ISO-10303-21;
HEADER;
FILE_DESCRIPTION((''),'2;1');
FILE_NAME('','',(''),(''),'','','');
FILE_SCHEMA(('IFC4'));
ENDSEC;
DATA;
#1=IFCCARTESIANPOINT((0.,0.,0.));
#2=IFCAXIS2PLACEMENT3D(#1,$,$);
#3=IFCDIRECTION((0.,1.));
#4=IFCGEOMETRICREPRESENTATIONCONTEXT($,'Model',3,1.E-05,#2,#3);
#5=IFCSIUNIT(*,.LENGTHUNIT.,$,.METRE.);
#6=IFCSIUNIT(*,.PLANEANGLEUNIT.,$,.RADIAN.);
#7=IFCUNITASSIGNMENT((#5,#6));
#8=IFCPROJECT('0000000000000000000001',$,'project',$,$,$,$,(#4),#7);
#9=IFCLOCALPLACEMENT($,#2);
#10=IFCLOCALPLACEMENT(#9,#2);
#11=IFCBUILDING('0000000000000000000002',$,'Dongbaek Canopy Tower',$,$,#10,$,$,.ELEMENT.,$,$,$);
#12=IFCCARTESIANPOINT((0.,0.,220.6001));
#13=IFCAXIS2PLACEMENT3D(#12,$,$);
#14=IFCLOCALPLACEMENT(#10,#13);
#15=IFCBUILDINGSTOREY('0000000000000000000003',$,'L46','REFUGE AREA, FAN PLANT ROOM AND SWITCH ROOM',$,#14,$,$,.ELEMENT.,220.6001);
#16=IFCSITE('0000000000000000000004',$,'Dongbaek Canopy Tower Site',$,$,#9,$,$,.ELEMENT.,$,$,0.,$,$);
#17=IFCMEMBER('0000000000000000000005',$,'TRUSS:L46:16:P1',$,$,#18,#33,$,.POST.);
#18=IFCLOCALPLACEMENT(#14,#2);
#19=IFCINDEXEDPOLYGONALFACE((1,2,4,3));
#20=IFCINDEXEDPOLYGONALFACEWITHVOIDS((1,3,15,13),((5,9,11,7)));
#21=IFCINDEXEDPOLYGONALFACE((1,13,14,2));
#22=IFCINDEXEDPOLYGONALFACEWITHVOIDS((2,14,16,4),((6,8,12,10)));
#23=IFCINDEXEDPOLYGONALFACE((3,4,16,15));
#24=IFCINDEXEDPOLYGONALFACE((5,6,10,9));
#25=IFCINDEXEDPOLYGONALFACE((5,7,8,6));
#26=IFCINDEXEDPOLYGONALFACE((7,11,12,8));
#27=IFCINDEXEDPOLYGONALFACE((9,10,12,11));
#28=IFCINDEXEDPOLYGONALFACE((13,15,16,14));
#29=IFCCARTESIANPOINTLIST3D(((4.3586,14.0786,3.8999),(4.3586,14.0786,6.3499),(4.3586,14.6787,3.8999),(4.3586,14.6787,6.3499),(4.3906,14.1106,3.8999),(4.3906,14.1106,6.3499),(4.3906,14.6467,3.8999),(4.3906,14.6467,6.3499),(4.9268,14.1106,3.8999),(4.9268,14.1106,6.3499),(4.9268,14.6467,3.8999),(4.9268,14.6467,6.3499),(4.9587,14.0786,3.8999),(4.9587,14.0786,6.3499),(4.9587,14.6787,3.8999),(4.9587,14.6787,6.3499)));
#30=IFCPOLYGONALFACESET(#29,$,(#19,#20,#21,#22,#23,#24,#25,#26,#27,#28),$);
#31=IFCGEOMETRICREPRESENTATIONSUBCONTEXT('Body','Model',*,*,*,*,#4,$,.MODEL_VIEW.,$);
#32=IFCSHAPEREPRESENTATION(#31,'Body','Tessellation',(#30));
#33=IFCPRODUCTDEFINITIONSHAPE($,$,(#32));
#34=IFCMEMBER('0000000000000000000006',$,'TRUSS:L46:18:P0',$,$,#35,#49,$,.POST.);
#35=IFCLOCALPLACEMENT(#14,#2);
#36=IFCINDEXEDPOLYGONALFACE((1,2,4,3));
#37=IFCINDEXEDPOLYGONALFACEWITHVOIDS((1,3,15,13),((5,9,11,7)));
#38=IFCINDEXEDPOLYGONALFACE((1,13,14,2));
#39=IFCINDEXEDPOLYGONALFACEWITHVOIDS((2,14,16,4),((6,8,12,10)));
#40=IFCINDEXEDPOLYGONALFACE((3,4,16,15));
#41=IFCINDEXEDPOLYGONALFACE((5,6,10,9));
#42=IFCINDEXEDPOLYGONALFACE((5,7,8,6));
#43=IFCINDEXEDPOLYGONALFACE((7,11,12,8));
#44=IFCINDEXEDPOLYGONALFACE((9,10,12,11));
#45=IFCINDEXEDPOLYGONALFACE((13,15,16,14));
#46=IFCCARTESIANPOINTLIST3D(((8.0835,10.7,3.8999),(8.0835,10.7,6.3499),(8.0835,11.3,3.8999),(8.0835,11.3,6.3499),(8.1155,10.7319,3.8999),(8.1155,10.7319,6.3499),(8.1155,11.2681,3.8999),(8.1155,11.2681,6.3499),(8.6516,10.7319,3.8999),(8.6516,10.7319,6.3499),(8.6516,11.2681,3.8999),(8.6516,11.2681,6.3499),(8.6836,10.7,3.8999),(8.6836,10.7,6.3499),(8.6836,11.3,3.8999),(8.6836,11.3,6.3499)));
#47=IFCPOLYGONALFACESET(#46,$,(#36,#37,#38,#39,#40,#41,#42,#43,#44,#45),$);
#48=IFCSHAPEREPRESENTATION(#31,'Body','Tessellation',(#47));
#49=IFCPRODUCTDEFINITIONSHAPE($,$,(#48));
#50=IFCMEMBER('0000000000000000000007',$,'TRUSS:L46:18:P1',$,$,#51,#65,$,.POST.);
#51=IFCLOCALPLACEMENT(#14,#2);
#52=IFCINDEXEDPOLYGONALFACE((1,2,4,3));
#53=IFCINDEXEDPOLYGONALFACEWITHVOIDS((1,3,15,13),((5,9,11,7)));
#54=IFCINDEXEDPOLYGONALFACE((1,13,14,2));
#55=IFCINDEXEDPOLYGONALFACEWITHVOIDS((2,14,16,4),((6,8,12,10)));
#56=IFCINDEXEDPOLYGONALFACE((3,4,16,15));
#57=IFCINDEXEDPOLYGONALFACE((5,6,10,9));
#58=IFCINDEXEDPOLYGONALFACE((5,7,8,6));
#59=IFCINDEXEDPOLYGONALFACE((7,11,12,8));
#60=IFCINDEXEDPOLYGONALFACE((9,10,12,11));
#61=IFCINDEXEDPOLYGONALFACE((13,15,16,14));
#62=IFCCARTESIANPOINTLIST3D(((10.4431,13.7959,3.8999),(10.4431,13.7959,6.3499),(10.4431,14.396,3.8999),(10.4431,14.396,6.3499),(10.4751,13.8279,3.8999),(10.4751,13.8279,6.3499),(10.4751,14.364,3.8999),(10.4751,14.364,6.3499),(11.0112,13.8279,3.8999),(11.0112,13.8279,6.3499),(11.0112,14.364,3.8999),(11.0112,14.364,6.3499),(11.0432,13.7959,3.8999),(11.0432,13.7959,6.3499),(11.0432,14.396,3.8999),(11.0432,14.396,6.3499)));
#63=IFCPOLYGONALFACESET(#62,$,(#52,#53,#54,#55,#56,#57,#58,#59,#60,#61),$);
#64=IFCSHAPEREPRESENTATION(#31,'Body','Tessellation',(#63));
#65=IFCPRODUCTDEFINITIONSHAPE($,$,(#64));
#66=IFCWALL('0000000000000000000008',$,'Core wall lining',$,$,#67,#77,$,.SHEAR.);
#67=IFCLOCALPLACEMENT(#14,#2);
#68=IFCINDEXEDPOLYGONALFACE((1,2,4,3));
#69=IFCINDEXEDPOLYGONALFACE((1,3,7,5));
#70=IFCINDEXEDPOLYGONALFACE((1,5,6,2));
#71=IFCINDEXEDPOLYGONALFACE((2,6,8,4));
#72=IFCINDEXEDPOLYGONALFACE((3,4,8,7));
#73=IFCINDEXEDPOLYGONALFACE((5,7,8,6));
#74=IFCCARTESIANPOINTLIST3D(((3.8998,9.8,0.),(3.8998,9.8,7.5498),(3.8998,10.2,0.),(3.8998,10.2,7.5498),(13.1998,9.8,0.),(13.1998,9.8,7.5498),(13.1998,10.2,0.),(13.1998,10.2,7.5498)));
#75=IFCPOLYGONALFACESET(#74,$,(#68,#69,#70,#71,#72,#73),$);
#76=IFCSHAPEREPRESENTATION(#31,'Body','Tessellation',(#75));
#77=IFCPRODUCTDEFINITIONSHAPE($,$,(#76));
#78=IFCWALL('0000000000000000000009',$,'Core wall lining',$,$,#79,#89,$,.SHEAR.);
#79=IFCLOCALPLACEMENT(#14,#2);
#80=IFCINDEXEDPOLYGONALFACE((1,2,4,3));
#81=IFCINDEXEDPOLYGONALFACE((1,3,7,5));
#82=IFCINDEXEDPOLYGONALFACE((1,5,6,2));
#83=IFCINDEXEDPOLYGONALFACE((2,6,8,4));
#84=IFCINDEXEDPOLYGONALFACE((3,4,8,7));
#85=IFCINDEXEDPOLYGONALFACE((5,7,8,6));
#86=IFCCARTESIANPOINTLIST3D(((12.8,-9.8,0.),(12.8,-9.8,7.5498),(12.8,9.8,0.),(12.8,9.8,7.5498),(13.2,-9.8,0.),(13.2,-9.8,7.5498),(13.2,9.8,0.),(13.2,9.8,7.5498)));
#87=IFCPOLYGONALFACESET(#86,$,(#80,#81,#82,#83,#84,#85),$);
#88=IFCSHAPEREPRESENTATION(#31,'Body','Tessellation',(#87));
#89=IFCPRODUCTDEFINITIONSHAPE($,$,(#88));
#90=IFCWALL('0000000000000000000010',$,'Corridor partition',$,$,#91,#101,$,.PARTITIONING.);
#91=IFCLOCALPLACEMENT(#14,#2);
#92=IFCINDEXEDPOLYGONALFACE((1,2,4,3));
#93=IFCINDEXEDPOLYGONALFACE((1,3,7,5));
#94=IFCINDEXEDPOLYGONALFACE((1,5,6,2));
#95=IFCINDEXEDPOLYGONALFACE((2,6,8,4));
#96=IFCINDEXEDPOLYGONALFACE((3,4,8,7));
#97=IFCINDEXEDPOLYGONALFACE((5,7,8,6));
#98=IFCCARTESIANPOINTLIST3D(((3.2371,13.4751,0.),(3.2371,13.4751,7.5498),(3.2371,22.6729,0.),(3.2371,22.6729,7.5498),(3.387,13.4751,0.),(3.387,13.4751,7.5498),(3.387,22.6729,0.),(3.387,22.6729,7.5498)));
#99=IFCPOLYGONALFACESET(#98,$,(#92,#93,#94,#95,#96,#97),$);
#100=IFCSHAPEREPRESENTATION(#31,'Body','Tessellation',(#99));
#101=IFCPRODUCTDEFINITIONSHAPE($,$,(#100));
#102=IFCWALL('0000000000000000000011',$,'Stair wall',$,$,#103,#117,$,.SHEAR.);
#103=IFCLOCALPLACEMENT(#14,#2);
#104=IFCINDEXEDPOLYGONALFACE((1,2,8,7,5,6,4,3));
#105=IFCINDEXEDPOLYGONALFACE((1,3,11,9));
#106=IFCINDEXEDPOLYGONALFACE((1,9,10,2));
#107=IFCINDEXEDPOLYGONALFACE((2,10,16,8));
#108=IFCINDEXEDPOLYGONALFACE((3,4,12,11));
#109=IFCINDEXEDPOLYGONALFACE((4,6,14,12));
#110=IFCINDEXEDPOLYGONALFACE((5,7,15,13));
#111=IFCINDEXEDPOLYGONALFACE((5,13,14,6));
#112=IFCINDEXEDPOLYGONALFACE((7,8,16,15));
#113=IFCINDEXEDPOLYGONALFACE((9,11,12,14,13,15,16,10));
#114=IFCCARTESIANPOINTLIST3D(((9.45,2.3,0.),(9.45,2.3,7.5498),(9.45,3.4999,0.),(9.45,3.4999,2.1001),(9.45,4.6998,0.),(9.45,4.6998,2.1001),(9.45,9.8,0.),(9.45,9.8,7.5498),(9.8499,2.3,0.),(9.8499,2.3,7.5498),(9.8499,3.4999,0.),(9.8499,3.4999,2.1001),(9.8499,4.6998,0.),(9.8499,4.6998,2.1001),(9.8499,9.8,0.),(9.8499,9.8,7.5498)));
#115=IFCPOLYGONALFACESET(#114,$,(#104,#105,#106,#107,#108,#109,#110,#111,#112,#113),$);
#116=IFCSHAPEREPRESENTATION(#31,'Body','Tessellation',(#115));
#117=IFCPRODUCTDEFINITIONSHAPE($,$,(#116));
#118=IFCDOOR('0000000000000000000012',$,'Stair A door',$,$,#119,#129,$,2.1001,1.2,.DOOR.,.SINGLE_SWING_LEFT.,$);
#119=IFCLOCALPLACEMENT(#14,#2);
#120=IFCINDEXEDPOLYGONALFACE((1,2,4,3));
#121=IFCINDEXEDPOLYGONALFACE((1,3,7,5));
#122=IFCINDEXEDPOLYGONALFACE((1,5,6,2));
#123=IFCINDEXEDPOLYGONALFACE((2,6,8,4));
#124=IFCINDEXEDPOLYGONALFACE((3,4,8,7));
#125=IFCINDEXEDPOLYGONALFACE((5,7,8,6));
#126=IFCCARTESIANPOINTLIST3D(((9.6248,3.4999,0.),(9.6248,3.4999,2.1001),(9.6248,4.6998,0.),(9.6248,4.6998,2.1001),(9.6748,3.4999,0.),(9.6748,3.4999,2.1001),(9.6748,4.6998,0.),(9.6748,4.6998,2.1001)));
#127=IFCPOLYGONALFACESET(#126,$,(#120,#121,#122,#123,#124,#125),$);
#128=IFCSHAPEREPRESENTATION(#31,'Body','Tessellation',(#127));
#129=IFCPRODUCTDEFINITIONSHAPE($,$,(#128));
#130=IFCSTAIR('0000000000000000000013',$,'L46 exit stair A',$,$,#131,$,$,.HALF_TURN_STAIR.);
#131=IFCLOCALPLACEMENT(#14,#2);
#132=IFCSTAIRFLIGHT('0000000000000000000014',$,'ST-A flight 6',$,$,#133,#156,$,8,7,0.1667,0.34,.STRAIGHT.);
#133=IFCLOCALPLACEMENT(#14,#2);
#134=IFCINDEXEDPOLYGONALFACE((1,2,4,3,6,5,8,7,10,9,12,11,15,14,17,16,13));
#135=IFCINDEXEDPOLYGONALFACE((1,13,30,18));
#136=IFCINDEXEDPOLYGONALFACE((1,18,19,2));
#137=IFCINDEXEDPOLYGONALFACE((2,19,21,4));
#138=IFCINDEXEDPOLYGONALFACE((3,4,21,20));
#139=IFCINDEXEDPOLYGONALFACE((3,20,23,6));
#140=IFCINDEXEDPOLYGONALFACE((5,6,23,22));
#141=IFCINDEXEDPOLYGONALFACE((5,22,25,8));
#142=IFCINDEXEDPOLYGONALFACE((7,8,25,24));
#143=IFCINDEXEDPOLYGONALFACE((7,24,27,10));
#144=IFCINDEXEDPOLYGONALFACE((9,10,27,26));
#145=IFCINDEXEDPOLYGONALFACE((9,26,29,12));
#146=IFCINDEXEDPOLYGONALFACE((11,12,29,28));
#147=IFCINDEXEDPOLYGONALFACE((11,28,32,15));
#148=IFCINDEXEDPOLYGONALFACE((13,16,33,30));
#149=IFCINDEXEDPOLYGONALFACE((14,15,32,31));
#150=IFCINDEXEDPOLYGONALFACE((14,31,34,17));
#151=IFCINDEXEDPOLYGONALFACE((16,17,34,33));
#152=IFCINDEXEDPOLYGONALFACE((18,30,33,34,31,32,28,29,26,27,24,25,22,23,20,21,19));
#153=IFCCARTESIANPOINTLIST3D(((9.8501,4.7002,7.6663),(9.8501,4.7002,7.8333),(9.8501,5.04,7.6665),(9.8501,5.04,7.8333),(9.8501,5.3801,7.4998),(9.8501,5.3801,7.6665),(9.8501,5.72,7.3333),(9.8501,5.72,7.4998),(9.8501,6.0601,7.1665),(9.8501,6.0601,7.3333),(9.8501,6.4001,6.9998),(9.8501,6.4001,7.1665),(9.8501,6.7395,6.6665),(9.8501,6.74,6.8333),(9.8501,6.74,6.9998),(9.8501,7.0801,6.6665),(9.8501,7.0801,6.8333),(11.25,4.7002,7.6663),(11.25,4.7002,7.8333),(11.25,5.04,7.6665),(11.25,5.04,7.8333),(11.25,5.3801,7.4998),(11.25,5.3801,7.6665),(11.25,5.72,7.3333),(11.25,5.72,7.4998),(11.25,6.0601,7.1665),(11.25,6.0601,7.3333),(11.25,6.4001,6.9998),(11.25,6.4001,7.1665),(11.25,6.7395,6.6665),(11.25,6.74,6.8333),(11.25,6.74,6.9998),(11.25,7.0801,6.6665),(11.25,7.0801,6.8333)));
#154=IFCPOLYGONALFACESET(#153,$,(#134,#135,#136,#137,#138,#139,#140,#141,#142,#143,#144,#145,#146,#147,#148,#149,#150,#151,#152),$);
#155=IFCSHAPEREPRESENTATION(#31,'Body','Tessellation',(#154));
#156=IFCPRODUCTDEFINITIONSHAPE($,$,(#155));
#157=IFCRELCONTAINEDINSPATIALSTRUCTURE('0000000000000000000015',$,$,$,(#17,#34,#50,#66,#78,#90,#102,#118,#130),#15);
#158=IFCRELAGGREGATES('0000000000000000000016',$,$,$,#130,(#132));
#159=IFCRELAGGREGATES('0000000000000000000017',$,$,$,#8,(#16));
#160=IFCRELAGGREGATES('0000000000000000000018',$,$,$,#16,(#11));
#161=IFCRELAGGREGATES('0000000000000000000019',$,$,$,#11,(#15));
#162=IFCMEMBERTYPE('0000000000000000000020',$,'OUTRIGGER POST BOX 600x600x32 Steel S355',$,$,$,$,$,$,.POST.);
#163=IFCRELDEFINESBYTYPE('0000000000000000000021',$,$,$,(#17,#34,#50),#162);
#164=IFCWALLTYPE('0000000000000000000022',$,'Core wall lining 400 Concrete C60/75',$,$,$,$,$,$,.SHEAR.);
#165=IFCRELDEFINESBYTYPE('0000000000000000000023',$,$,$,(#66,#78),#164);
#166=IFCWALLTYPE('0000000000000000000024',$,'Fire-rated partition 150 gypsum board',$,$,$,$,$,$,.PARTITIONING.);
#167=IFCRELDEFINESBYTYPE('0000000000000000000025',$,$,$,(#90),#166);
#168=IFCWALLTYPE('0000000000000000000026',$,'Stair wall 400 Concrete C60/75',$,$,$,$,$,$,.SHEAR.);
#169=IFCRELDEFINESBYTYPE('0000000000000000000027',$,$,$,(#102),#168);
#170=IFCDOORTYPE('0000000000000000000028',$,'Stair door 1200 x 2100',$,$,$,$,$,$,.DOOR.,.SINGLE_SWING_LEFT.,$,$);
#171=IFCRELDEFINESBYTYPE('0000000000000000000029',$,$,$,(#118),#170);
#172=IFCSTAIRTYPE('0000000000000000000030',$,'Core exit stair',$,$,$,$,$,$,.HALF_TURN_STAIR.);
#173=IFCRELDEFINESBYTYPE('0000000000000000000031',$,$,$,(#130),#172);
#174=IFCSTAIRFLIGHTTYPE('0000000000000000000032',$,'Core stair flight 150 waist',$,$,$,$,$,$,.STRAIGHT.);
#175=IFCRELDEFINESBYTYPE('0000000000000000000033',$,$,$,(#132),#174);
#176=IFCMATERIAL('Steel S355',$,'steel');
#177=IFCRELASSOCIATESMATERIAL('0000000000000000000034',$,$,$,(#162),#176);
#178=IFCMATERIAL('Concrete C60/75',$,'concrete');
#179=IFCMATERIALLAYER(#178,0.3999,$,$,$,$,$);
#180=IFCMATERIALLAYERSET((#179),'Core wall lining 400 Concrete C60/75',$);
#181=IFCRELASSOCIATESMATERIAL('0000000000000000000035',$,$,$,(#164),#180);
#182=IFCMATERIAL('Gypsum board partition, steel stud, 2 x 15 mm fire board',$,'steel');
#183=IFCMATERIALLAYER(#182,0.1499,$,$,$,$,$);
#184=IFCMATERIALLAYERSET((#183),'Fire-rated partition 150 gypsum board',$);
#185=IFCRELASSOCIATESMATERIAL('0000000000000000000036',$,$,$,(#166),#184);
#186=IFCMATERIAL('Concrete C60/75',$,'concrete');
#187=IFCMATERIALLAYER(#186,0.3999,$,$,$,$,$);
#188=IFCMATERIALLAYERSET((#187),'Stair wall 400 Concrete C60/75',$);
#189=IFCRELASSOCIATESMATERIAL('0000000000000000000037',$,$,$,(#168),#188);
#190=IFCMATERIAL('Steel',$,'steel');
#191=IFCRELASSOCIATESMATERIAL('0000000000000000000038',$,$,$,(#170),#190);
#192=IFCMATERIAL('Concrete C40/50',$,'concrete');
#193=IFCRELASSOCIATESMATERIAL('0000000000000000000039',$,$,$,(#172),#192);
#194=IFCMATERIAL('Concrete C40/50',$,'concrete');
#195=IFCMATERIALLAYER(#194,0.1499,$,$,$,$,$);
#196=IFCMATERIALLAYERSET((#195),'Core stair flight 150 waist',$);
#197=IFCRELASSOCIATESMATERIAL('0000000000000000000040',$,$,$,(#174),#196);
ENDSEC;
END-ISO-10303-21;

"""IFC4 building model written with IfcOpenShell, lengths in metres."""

from ifc_helpers import new_model, si_unit, direction, frame, frame_2d, origin, origin_2d, place, context, subcontext, project, spatial, polyline, rectangle, hollow_rectangle, outline, extrude, material, layer, layer_set, material_profile, profile_set, type_object, element, fill, aggregate, save


model = new_model("IFC4")

# Units and contexts
model_context = context("Model", 3, precision=1e-05, world=origin(), true_north=direction((0.0, 1.0)))
body_context = subcontext(model_context, "Body", "Model", "MODEL_VIEW")
ifc_project = project(units=[si_unit("LENGTHUNIT", "METRE"), si_unit("PLANEANGLEUNIT", "RADIAN")], contexts=[model_context])

# Site, building, storey
site_placement = place(None, origin())
site = spatial("IfcSite", under=ifc_project, at=site_placement, Name="Dongbaek Canopy Tower Site", CompositionType="ELEMENT", RefElevation=0.0)
building_placement = place(site_placement, origin())
building = spatial("IfcBuilding", under=site, at=building_placement, Name="Dongbaek Canopy Tower", CompositionType="ELEMENT")
storey_placement = place(building_placement, frame((0.0, 0.0, 220.6001)))
storey = spatial("IfcBuildingStorey", under=building, at=storey_placement, Name="L46", Description="REFUGE AREA, FAN PLANT ROOM AND SWITCH ROOM", CompositionType="ELEMENT", Elevation=220.6001)

# Members
ifc_material_1 = material(Name="Steel S355", Category="steel")
ifc_material_profile_1 = material_profile(ifc_material_1, hollow_rectangle(XDim=0.6001, YDim=0.6001, WallThickness=0.032, at=origin_2d()), Name="OUTRIGGER POST BOX 600x600x32 Steel S355")
ifc_profile_set_1 = profile_set([ifc_material_profile_1], Name="Steel S355")
member_type_1 = type_object("IfcMemberType", Name="OUTRIGGER POST BOX 600x600x32 Steel S355", PredefinedType="POST", material=ifc_profile_set_1)
for number, where, z_axis, x_axis, name in (
    (1, (4.6587, 14.3787, 3.8999), (0.0, 0.0, 1.0), (1.0, 0.0, 0.0), "TRUSS:L46:16:P1"),
    (2, (8.3835, 11.0, 3.8999), (0.0, 0.0, 1.0), (1.0, 0.0, 0.0), "TRUSS:L46:18:P0"),
    (3, (10.7432, 14.0959, 3.8999), (0.0, 0.0, 1.0), (1.0, 0.0, 0.0), "TRUSS:L46:18:P1"),
):
    element("IfcMember", number, at=place(storey_placement, frame(where, z_axis=z_axis, x_axis=x_axis)), inside=storey, type_object=member_type_1, Name=name, PredefinedType="POST", context=body_context, shape_type="SweptSolid", body=[
        extrude(hollow_rectangle(XDim=0.6001, YDim=0.6001, WallThickness=0.032, at=origin_2d()), origin(), (0.0, 0.0, 1.0), 2.45),
    ])

# Walls
ifc_material_2 = material(Name="Concrete C60/75", Category="concrete")
ifc_layer_1 = layer(ifc_material_2, 0.3999)
ifc_layer_set_1 = layer_set([ifc_layer_1], Name="Core wall lining 400 Concrete C60/75")
wall_type_1 = type_object("IfcWallType", Name="Core wall lining 400 Concrete C60/75", PredefinedType="SHEAR", material=ifc_layer_set_1)
wall_1_placement = place(storey_placement, frame((3.8999, 10.0, 0.0), z_axis=(0.0, 0.0, 1.0), x_axis=(1.0, 0.0, 0.0)))
element("IfcWall", 4, at=wall_1_placement, inside=storey, type_object=wall_type_1, Name="Core wall lining", PredefinedType="SHEAR", context=body_context, shape_type="SweptSolid", body=[
    extrude(rectangle(XDim=9.3, YDim=0.3999, at=frame_2d((4.6499, 0.0))), origin(), (0.0, 0.0, 1.0), 7.5498),
])
wall_2_placement = place(storey_placement, frame((13.0, 9.8, 0.0), z_axis=(0.0, 0.0, 1.0), x_axis=(0.0, -1.0, 0.0)))
element("IfcWall", 5, at=wall_2_placement, inside=storey, type_object=wall_type_1, Name="Core wall lining", PredefinedType="SHEAR", context=body_context, shape_type="SweptSolid", body=[
    extrude(rectangle(XDim=19.6001, YDim=0.3999, at=frame_2d((9.8, 0.0))), origin(), (0.0, 0.0, 1.0), 7.5498),
])
ifc_material_3 = material(Name="Gypsum board partition, steel stud, 2 x 15 mm fire board", Category="steel")
ifc_layer_2 = layer(ifc_material_3, 0.1499)
ifc_layer_set_2 = layer_set([ifc_layer_2], Name="Fire-rated partition 150 gypsum board")
wall_type_2 = type_object("IfcWallType", Name="Fire-rated partition 150 gypsum board", PredefinedType="PARTITIONING", material=ifc_layer_set_2)
wall_3_placement = place(storey_placement, frame((3.312, 13.4751, 0.0), z_axis=(0.0, 0.0, 1.0), x_axis=(0.0, 1.0, 0.0)))
element("IfcWall", 6, at=wall_3_placement, inside=storey, type_object=wall_type_2, Name="Corridor partition", PredefinedType="PARTITIONING", context=body_context, shape_type="SweptSolid", body=[
    extrude(rectangle(XDim=9.1978, YDim=0.1499, at=frame_2d((4.5989, 0.0))), origin(), (0.0, 0.0, 1.0), 7.5498),
])

# Wall, opening, door
ifc_material_4 = material(Name="Concrete C60/75", Category="concrete")
ifc_layer_3 = layer(ifc_material_4, 0.3999)
ifc_layer_set_3 = layer_set([ifc_layer_3], Name="Stair wall 400 Concrete C60/75")
wall_type_3 = type_object("IfcWallType", Name="Stair wall 400 Concrete C60/75", PredefinedType="SHEAR", material=ifc_layer_set_3)
wall_4_placement = place(storey_placement, frame((9.6499, 9.8, 0.0), z_axis=(0.0, 0.0, 1.0), x_axis=(0.0, -1.0, 0.0)))
wall_4 = element("IfcWall", 7, at=wall_4_placement, inside=storey, type_object=wall_type_3, Name="Stair wall", PredefinedType="SHEAR", context=body_context, shape_type="SweptSolid", body=[
    extrude(rectangle(XDim=7.5, YDim=0.3999, at=frame_2d((3.75, 0.0))), origin(), (0.0, 0.0, 1.0), 7.5498),
])
opening_placement = place(wall_4_placement, frame((5.1001, 0.0, 0.0)))
opening = element("IfcOpeningElement", 8, at=opening_placement, cuts=wall_4, PredefinedType="OPENING", context=body_context, shape_type="SweptSolid", body=[
    extrude(rectangle(XDim=1.2, YDim=2.1001, at=frame_2d((0.6001, 1.05))), frame((0.0, 0.21, 0.0), z_axis=(0.0, -1.0, 0.0), x_axis=(1.0, 0.0, 0.0)), (0.0, 0.0, 1.0), 0.4199),
])
ifc_material_5 = material(Name="Steel", Category="steel")
door_type = type_object("IfcDoorType", Name="Stair door 1200 x 2100", OperationType="SINGLE_SWING_LEFT", PredefinedType="DOOR", material=ifc_material_5)
door_placement = place(opening_placement, origin())
door = element("IfcDoor", 9, at=door_placement, inside=storey, type_object=door_type, Name="Stair A door", OperationType="SINGLE_SWING_LEFT", OverallHeight=2.1001, OverallWidth=1.2, PredefinedType="DOOR", context=body_context, shape_type="SweptSolid", body=[
    extrude(rectangle(XDim=1.2, YDim=2.1001, at=frame_2d((0.6001, 1.05))), frame((0.0, 0.0249, 0.0), z_axis=(0.0, -1.0, 0.0), x_axis=(1.0, 0.0, 0.0)), (0.0, 0.0, 1.0), 0.05),
])
fill(opening, door)

# Stair, stair flight
ifc_material_6 = material(Name="Concrete C40/50", Category="concrete")
stair_type = type_object("IfcStairType", Name="Core exit stair", PredefinedType="HALF_TURN_STAIR", material=ifc_material_6)
stair_placement = place(storey_placement, origin())
stair = element("IfcStair", 10, at=stair_placement, inside=storey, type_object=stair_type, Name="L46 exit stair A", PredefinedType="HALF_TURN_STAIR")
ifc_material_7 = material(Name="Concrete C40/50", Category="concrete")
ifc_layer_4 = layer(ifc_material_7, 0.1499)
ifc_layer_set_4 = layer_set([ifc_layer_4], Name="Core stair flight 150 waist")
stair_flight_type = type_object("IfcStairFlightType", Name="Core stair flight 150 waist", PredefinedType="STRAIGHT", material=ifc_layer_set_4)
stair_flight_placement = place(storey_placement, frame((10.55, 7.0801, 6.6665), z_axis=(0.0, 0.0, 1.0), x_axis=(0.0, -1.0, 0.0)))
stair_flight = element("IfcStairFlight", 11, at=stair_flight_placement, type_object=stair_flight_type, Name="ST-A flight 6", NumberOfRisers=8, NumberOfTreads=7, PredefinedType="STRAIGHT", RiserHeight=0.1667, TreadLength=0.34, context=body_context, shape_type="SweptSolid", body=[
    extrude(outline(polyline([(0.0, 0.0), (0.0, 0.1667), (0.3401, 0.1667), (0.3401, 0.3333), (0.6799, 0.3333), (0.6799, 0.5), (1.02, 0.5), (1.02, 0.6667), (1.3601, 0.6667), (1.3601, 0.8333), (1.7, 0.8333), (1.7, 1.0), (2.04, 1.0), (2.04, 1.1667), (2.3799, 1.1667), (2.3799, 1.3333), (2.3799, 0.9998), (0.3406, 0.0), (0.0, 0.0)])), frame((0.0, 0.7, 0.0), z_axis=(0.0, -1.0, 0.0), x_axis=(1.0, 0.0, 0.0)), (0.0, 0.0, 1.0), 1.3999),
])
aggregate(stair, [stair_flight])

save(model, "model.ifc")
